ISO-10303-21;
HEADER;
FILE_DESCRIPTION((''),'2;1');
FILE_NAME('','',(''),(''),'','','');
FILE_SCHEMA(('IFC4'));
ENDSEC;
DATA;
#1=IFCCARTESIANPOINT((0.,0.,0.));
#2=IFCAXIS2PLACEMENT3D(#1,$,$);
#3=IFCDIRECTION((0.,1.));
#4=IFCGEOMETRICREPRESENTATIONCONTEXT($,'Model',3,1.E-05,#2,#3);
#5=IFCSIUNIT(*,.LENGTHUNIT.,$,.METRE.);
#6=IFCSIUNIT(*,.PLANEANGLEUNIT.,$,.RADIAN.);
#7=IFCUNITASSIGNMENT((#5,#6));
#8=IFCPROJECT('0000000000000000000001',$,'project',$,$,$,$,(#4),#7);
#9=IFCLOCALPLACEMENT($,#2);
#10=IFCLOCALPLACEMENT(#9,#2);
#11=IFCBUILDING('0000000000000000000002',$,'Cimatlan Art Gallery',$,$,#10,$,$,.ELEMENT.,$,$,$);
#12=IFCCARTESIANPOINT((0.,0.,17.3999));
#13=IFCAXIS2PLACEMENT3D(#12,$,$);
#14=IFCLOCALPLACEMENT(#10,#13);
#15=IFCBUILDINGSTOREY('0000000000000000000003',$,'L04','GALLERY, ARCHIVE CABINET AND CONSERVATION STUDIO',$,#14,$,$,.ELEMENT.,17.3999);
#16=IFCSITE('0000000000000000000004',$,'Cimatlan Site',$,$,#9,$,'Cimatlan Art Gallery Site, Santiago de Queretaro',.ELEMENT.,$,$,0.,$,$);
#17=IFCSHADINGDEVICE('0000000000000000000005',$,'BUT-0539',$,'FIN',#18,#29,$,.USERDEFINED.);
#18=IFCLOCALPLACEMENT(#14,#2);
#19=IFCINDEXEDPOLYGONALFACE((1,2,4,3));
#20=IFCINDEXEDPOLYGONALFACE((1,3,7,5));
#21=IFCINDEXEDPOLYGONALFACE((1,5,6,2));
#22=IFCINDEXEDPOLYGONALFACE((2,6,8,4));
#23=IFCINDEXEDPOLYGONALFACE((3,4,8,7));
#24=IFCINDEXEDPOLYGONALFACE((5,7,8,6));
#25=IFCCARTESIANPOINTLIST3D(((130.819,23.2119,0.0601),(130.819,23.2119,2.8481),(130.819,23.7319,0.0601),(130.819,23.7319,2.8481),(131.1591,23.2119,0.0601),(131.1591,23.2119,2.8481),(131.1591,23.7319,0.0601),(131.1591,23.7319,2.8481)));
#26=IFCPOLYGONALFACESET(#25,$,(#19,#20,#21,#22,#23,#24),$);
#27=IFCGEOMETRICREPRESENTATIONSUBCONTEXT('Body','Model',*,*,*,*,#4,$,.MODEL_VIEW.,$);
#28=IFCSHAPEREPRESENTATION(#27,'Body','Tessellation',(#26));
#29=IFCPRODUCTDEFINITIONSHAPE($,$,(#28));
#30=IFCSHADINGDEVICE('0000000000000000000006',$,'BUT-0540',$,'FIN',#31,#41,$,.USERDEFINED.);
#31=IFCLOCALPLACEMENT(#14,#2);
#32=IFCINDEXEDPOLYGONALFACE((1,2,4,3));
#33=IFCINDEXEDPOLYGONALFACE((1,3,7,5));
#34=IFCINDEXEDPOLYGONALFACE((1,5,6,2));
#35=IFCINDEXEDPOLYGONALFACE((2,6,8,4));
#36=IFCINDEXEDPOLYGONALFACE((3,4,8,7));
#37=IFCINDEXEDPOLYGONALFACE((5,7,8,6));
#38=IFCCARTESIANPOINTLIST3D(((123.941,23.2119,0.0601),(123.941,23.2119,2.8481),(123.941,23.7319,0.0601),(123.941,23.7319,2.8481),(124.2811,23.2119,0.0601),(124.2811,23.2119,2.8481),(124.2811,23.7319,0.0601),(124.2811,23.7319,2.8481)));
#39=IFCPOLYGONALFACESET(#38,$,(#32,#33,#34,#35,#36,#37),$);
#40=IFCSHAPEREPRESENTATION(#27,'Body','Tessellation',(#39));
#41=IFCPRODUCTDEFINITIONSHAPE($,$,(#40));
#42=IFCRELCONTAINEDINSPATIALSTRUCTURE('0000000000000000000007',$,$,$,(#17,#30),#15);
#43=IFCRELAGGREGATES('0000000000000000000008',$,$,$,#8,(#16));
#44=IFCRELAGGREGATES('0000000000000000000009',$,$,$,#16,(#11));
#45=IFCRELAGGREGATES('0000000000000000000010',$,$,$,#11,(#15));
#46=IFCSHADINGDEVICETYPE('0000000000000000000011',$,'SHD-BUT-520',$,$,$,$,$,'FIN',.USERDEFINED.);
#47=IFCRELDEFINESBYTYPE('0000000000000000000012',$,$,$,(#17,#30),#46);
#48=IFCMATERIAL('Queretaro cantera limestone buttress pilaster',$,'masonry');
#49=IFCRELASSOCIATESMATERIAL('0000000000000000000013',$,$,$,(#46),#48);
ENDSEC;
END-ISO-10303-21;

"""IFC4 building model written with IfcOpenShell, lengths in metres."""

from ifc_helpers import new_model, si_unit, direction, frame, origin, origin_2d, place, context, subcontext, project, spatial, rectangle, extrude, material, type_object, element, save


model = new_model("IFC4")

# Units and contexts
model_context = context("Model", 3, precision=1e-05, world=origin(), true_north=direction((0.0, 1.0)))
body_context = subcontext(model_context, "Body", "Model", "MODEL_VIEW")
ifc_project = project(units=[si_unit("LENGTHUNIT", "METRE"), si_unit("PLANEANGLEUNIT", "RADIAN")], contexts=[model_context])

# Site, building, storey
site_placement = place(None, origin())
site = spatial("IfcSite", under=ifc_project, at=site_placement, Name="Cimatlan Site", LongName="Cimatlan Art Gallery Site, Santiago de Queretaro", CompositionType="ELEMENT", RefElevation=0.0)
building_placement = place(site_placement, origin())
building = spatial("IfcBuilding", under=site, at=building_placement, Name="Cimatlan Art Gallery", CompositionType="ELEMENT")
storey_placement = place(building_placement, frame((0.0, 0.0, 17.3999)))
storey = spatial("IfcBuildingStorey", under=building, at=storey_placement, Name="L04", Description="GALLERY, ARCHIVE CABINET AND CONSERVATION STUDIO", CompositionType="ELEMENT", Elevation=17.3999)

# Shading devices
ifc_material_1 = material(Name="Queretaro cantera limestone buttress pilaster", Category="masonry")
shading_device_type = type_object("IfcShadingDeviceType", Name="SHD-BUT-520", ElementType="FIN", PredefinedType="USERDEFINED", material=ifc_material_1)
for number, where, z_axis, x_axis, name in (
    (1, (130.989, 23.4719, 0.0601), (0.0, 0.0, 1.0), (-1.0, 0.0, 0.0), "BUT-0539"),
    (2, (124.1111, 23.4719, 0.0601), (0.0, 0.0, 1.0), (-1.0, 0.0, 0.0), "BUT-0540"),
):
    element("IfcShadingDevice", number, at=place(storey_placement, frame(where, z_axis=z_axis, x_axis=x_axis)), inside=storey, type_object=shading_device_type, Name=name, ObjectType="FIN", PredefinedType="USERDEFINED", context=body_context, shape_type="SweptSolid", body=[
        extrude(rectangle(XDim=0.3401, YDim=0.52, at=origin_2d()), origin(), (0.0, 0.0, 1.0), 2.7881),
    ])

save(model, "model.ifc")
